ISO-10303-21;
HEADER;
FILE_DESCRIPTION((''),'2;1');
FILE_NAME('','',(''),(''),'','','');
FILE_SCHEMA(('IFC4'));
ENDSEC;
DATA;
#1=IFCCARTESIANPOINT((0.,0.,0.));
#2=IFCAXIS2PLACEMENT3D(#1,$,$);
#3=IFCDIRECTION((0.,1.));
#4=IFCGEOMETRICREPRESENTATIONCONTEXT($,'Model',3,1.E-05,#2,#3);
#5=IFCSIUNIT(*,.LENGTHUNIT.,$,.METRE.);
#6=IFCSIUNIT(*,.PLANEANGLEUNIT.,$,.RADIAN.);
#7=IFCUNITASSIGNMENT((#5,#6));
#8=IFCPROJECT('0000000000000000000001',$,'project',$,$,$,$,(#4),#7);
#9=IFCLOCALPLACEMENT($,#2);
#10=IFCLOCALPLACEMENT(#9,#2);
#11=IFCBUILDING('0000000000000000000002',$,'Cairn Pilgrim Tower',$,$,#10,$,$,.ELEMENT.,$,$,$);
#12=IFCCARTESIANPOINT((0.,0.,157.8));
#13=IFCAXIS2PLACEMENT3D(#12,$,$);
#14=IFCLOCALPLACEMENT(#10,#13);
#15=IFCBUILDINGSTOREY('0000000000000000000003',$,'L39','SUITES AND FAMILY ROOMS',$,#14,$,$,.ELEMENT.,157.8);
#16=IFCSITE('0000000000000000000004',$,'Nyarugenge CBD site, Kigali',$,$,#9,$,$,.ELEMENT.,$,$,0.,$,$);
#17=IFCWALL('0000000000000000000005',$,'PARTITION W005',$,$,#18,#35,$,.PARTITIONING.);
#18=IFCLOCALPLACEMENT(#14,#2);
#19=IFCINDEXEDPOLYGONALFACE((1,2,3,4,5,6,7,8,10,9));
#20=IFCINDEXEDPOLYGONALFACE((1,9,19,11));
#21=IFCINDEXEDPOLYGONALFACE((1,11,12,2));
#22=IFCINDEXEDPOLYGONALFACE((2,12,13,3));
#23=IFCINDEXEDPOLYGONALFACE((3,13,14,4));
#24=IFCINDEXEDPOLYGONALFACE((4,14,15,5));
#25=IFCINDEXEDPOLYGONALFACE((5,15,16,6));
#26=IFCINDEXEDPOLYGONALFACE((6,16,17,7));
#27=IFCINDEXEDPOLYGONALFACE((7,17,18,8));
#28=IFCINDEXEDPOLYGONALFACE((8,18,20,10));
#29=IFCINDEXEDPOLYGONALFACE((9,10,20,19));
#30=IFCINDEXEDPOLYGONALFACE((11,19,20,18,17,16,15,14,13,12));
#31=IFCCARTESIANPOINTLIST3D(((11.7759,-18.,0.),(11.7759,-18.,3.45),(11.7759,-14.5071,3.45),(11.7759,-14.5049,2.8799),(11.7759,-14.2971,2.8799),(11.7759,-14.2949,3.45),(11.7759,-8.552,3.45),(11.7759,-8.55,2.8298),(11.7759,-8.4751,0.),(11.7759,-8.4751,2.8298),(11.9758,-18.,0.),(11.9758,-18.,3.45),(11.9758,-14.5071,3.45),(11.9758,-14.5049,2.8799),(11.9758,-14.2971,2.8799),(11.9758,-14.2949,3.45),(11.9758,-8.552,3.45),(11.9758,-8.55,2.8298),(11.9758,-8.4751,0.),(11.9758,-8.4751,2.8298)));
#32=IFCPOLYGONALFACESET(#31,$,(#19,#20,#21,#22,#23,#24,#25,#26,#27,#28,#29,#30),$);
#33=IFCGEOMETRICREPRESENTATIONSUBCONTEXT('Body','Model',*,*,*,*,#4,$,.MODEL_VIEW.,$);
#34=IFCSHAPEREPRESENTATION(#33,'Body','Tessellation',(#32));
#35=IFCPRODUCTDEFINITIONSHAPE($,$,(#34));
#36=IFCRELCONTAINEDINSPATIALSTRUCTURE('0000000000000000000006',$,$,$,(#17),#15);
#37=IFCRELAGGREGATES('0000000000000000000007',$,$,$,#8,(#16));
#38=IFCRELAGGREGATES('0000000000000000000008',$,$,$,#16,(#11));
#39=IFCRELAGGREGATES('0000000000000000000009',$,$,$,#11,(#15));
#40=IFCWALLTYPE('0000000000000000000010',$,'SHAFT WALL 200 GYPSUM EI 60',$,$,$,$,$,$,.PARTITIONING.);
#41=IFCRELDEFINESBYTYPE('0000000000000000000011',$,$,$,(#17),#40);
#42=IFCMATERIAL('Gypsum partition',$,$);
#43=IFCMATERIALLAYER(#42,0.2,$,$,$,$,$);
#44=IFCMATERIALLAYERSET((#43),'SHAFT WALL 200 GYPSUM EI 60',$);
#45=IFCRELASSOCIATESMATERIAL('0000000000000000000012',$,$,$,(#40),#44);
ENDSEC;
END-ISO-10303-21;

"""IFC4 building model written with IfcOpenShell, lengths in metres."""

from ifc_helpers import new_model, si_unit, direction, frame, origin, place, context, subcontext, project, spatial, polyline, outline, extrude, material, layer, layer_set, type_object, element, save


model = new_model("IFC4")

# Units and contexts
model_context = context("Model", 3, precision=1e-05, world=origin(), true_north=direction((0.0, 1.0)))
body_context = subcontext(model_context, "Body", "Model", "MODEL_VIEW")
ifc_project = project(units=[si_unit("LENGTHUNIT", "METRE"), si_unit("PLANEANGLEUNIT", "RADIAN")], contexts=[model_context])

# Site, building, storey
site_placement = place(None, origin())
site = spatial("IfcSite", under=ifc_project, at=site_placement, Name="Nyarugenge CBD site, Kigali", CompositionType="ELEMENT", RefElevation=0.0)
building_placement = place(site_placement, origin())
building = spatial("IfcBuilding", under=site, at=building_placement, Name="Cairn Pilgrim Tower", CompositionType="ELEMENT")
storey_placement = place(building_placement, frame((0.0, 0.0, 157.8)))
storey = spatial("IfcBuildingStorey", under=building, at=storey_placement, Name="L39", Description="SUITES AND FAMILY ROOMS", CompositionType="ELEMENT", Elevation=157.8)

# Shared definitions
ifc_material_1 = material(Name="Gypsum partition")

# Wall
ifc_layer_1 = layer(ifc_material_1, 0.2)
ifc_layer_set_1 = layer_set([ifc_layer_1], Name="SHAFT WALL 200 GYPSUM EI 60")
wall_type_1 = type_object("IfcWallType", Name="SHAFT WALL 200 GYPSUM EI 60", PredefinedType="PARTITIONING", material=ifc_layer_set_1)
wall_1_placement = place(storey_placement, frame((11.876, -18.0, 0.0), z_axis=(0.0, 0.0, 1.0), x_axis=(0.0, 1.0, 0.0)))
element("IfcWall", 1, at=wall_1_placement, inside=storey, type_object=wall_type_1, Name="PARTITION W005", PredefinedType="PARTITIONING", context=body_context, shape_type="SweptSolid", body=[
    extrude(outline(polyline([(0.0, 0.0), (9.5249, 0.0), (9.5249, 2.8298), (9.45, 2.8298), (9.448, 3.45), (3.7051, 3.45), (3.7029, 2.8799), (3.4951, 2.8799), (3.4929, 3.45), (0.0, 3.45), (0.0, 0.0)])), frame((0.0, 0.1001, 0.0), z_axis=(0.0, -1.0, 0.0), x_axis=(1.0, 0.0, 0.0)), (0.0, 0.0, 1.0), 0.2),
])

save(model, "model.ifc")
